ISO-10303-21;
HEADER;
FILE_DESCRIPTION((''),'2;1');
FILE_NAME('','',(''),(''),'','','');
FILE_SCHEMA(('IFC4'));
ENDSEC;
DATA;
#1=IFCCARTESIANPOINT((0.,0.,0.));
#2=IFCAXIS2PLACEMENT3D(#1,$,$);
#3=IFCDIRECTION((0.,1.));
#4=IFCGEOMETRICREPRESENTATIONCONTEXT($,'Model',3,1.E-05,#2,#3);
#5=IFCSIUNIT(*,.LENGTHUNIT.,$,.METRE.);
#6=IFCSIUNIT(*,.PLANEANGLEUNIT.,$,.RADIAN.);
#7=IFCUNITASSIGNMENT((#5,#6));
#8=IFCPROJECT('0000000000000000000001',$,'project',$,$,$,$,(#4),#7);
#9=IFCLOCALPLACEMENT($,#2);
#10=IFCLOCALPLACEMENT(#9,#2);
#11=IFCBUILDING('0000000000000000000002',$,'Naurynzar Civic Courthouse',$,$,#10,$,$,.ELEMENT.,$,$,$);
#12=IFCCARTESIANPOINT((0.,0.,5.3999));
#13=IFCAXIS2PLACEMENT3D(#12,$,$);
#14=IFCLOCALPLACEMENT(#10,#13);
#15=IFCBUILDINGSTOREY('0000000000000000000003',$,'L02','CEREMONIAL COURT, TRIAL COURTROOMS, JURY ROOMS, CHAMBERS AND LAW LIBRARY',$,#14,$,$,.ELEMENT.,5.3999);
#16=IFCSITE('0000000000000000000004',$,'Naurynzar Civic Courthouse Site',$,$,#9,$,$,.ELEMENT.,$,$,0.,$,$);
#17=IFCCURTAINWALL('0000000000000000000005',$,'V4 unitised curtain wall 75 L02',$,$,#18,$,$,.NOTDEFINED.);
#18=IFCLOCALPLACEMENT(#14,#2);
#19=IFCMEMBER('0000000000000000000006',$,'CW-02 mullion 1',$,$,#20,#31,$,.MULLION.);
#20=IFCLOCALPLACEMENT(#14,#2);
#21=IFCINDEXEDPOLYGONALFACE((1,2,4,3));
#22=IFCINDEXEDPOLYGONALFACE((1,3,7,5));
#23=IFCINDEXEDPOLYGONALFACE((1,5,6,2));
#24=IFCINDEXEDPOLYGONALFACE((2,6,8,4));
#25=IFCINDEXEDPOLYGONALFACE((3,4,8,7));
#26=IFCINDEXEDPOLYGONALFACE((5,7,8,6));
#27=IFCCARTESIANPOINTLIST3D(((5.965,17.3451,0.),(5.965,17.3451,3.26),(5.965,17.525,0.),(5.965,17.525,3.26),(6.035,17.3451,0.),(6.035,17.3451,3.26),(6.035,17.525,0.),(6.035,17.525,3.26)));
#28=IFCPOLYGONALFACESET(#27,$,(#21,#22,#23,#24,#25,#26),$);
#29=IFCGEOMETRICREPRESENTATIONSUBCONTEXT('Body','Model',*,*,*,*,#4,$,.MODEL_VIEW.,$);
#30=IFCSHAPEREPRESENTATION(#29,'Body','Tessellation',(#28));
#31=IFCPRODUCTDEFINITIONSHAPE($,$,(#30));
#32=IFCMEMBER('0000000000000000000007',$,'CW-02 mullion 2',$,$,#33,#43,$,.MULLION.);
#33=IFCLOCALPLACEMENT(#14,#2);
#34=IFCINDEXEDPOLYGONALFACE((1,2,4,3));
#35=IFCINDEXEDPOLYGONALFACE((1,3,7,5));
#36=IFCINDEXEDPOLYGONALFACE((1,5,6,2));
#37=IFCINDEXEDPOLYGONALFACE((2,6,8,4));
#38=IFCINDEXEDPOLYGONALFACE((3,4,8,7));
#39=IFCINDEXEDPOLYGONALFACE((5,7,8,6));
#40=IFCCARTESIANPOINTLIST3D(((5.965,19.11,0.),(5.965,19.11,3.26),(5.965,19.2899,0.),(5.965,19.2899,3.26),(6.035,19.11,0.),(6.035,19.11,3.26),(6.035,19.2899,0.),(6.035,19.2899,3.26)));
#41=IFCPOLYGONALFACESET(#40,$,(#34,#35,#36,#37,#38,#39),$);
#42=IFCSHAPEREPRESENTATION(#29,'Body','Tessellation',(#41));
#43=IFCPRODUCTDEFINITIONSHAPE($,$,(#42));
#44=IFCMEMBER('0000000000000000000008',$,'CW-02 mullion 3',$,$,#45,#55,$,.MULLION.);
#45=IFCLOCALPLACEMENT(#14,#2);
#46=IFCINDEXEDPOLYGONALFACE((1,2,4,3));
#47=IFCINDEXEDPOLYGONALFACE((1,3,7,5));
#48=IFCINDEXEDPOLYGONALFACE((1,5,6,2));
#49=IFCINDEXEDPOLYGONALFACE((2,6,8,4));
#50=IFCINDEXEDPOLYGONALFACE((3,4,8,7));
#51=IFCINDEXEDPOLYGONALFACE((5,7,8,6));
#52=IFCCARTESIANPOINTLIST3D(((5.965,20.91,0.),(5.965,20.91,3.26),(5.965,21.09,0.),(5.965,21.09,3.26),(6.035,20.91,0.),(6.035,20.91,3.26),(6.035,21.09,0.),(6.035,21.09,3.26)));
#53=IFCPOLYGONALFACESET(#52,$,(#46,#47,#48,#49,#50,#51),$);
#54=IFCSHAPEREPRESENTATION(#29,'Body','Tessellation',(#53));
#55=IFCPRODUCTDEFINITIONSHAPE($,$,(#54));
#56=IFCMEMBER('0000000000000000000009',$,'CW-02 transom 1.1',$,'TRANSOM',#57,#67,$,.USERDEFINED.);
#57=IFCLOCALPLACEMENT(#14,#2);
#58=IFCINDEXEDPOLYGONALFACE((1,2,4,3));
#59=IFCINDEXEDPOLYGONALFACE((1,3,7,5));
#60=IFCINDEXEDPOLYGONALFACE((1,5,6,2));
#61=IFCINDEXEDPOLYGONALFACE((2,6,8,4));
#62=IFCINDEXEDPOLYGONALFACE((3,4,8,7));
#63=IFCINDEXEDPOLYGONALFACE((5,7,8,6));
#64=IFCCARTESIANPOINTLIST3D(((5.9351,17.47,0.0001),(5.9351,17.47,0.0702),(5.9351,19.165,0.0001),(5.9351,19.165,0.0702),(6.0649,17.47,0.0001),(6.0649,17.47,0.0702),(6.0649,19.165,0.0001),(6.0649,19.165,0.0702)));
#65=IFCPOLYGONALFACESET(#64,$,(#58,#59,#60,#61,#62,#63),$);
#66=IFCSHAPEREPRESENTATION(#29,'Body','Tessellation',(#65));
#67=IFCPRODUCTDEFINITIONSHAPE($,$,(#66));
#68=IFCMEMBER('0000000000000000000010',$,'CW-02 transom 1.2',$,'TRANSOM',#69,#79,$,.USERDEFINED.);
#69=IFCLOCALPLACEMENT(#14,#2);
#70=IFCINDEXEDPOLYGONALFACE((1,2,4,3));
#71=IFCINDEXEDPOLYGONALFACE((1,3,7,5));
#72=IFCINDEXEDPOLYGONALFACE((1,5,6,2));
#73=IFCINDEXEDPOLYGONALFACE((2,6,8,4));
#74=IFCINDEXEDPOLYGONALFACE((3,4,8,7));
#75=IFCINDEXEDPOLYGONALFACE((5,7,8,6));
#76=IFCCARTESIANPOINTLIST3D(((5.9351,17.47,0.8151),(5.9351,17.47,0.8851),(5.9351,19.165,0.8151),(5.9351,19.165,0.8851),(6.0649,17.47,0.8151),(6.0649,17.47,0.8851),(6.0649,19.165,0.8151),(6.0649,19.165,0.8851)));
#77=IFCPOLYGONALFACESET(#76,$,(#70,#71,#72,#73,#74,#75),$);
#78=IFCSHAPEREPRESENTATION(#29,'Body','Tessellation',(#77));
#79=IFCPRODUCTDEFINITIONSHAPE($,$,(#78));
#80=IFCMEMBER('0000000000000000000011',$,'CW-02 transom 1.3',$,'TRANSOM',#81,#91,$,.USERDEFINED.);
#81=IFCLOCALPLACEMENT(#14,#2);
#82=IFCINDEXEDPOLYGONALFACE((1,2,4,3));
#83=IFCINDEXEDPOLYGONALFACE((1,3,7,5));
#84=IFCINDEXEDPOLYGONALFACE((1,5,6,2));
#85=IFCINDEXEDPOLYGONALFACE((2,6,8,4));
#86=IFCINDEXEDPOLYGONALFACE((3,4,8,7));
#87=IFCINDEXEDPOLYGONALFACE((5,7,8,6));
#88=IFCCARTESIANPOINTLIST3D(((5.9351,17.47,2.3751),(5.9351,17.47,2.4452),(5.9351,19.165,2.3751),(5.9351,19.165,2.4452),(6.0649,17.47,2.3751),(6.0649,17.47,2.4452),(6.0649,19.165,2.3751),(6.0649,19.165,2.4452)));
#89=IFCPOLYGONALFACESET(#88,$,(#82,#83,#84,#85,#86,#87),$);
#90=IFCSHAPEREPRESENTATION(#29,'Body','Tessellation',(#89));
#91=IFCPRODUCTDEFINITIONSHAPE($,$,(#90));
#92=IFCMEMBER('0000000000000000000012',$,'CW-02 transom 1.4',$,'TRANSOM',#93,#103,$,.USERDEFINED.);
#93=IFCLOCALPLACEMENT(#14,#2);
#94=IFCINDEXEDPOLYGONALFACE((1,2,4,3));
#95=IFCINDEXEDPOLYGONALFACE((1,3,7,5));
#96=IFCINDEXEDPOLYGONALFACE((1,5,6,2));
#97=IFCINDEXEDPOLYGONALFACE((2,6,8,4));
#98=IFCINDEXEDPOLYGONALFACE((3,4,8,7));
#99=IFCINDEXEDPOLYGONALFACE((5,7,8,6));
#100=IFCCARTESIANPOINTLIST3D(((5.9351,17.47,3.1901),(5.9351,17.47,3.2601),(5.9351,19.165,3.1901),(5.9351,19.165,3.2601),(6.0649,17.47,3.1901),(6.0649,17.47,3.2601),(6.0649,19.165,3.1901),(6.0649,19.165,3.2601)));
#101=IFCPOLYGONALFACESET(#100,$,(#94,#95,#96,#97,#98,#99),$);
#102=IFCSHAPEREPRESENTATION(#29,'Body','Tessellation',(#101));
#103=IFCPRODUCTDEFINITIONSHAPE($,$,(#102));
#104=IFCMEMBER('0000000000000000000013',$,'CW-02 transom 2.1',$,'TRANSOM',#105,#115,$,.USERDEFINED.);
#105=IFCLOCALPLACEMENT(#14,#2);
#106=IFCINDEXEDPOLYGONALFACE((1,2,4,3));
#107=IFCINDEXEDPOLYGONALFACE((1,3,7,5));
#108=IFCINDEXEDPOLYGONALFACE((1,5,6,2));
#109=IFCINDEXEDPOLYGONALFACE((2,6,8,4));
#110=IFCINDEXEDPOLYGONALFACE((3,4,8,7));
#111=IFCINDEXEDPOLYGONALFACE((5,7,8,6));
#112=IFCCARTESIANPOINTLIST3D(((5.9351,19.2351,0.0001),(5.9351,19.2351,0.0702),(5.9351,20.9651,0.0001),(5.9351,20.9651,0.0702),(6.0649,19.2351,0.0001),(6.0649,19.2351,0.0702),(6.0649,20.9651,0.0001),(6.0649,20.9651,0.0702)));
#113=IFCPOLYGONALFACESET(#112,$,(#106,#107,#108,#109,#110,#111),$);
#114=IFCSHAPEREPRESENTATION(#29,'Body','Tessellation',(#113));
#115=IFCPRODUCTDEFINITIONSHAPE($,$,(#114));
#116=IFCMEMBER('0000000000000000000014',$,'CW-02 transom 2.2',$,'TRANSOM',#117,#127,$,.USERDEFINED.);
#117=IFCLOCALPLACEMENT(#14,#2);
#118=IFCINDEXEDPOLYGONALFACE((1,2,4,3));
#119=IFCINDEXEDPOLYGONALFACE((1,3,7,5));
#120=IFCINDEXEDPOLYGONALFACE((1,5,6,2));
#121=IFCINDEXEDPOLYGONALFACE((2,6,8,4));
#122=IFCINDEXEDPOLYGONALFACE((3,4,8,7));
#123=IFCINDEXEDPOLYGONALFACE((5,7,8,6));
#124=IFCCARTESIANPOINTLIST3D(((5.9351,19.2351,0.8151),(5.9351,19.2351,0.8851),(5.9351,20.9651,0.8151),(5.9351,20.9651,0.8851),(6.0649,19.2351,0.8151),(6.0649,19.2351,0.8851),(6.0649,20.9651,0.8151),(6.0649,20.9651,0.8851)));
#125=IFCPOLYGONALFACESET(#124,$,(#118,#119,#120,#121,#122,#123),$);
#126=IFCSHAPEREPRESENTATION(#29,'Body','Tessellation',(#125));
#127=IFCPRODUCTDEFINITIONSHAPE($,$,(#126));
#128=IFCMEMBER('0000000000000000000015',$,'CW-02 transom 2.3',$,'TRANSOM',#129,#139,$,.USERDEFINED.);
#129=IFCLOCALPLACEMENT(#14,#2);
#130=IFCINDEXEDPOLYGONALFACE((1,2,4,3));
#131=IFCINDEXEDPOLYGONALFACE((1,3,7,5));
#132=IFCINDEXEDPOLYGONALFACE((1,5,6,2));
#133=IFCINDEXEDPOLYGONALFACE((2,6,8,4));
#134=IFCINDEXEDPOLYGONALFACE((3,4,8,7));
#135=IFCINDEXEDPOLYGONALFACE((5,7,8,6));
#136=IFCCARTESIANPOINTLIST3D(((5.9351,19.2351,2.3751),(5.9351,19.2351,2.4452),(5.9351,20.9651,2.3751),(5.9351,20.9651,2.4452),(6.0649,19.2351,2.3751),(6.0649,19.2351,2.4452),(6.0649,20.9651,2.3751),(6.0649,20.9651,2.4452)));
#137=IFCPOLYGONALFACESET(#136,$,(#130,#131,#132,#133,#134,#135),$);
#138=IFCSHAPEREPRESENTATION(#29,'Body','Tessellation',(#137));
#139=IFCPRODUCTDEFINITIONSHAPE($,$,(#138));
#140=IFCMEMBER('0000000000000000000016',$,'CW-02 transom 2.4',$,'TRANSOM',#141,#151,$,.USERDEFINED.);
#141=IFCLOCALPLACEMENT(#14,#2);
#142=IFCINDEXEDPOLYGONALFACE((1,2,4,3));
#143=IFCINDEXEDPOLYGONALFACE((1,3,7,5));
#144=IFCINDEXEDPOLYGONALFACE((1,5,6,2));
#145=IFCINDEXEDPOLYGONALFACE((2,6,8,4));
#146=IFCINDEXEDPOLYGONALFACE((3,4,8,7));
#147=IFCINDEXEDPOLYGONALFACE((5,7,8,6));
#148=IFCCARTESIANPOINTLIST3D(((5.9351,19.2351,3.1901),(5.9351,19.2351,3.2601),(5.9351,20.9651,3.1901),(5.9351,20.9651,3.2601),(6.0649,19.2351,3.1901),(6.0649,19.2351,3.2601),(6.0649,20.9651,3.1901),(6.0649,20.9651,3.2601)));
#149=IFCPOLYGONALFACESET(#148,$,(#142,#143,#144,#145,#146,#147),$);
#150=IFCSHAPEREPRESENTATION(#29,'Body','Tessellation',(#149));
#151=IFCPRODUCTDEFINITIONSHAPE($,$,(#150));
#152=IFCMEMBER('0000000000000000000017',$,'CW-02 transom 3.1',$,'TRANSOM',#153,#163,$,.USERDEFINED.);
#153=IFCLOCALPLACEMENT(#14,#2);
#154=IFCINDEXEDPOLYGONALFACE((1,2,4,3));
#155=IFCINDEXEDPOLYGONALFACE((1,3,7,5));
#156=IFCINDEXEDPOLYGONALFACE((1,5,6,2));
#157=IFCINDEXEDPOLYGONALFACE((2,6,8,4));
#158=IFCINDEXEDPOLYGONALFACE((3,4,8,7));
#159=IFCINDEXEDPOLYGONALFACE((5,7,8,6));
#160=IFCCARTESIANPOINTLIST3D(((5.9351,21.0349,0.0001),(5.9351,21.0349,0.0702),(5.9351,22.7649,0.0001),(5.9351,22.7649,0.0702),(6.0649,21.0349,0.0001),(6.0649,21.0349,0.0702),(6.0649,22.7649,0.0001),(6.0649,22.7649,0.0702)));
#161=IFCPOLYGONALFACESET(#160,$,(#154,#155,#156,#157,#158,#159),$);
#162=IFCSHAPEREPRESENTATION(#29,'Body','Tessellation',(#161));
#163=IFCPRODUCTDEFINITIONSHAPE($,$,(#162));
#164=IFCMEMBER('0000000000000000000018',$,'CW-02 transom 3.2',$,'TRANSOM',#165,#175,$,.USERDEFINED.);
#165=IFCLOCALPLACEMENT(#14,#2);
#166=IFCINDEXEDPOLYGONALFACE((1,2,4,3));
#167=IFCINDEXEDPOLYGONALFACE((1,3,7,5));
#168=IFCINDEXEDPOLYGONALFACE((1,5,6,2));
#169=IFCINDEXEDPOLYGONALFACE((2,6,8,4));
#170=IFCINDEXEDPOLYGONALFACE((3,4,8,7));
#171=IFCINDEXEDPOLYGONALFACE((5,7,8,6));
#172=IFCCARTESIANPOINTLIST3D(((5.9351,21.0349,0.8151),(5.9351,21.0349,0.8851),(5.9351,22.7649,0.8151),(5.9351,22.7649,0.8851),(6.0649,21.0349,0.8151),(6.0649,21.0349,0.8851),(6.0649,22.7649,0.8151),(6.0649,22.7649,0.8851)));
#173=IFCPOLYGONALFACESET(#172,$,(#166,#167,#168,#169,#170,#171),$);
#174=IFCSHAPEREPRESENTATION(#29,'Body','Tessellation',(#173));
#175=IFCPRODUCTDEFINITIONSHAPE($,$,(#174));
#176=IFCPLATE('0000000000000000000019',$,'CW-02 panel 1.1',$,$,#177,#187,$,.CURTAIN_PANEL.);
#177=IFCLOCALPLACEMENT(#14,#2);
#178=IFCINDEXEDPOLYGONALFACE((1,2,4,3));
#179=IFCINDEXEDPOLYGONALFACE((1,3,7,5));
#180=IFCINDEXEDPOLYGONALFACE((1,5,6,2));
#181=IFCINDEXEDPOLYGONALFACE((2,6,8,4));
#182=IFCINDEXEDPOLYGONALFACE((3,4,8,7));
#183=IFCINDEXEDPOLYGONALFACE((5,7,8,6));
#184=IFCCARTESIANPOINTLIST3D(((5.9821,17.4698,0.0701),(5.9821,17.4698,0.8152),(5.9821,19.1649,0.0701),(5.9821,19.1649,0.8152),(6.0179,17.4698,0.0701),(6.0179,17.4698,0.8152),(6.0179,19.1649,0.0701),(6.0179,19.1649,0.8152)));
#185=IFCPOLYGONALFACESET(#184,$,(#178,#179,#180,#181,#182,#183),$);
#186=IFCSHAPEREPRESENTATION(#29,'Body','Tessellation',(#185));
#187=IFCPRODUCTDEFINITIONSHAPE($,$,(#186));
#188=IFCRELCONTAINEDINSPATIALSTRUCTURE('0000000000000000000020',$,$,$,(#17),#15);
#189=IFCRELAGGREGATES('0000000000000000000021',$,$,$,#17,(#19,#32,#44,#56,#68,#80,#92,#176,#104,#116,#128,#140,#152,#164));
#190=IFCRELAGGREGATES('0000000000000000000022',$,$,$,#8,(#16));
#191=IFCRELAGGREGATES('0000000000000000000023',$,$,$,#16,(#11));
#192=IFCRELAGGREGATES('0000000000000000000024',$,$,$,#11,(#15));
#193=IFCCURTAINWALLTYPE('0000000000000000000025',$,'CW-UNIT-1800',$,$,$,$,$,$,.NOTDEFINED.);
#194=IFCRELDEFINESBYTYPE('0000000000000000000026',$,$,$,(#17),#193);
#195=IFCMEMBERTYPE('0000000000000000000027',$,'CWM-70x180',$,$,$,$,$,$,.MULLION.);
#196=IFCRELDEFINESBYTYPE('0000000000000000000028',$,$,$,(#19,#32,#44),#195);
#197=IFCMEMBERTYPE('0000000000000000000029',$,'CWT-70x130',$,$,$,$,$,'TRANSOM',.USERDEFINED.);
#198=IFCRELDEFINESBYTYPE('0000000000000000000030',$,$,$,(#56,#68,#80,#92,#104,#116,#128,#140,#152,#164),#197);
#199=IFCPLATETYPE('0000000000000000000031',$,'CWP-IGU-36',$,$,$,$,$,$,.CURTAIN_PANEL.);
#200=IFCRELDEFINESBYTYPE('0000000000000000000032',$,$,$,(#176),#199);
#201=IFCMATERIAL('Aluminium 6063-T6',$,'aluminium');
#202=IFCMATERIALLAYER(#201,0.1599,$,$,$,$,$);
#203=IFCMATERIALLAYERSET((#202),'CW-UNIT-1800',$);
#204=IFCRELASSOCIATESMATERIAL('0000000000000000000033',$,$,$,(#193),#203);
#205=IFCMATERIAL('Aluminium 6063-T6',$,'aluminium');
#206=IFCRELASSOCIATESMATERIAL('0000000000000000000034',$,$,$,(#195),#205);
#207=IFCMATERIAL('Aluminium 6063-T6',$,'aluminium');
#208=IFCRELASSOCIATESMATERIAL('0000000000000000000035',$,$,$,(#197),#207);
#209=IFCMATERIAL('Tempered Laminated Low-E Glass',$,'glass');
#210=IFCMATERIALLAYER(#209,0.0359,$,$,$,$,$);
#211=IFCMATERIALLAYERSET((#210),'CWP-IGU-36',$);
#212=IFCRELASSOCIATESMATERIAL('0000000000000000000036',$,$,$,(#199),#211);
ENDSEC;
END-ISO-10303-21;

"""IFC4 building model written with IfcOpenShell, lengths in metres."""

from ifc_helpers import new_model, si_unit, direction, frame, origin, origin_2d, place, context, subcontext, project, spatial, rectangle, extrude, material, layer, layer_set, material_profile, profile_set, type_object, element, aggregate, save


model = new_model("IFC4")

# Units and contexts
model_context = context("Model", 3, precision=1e-05, world=origin(), true_north=direction((0.0, 1.0)))
body_context = subcontext(model_context, "Body", "Model", "MODEL_VIEW")
ifc_project = project(units=[si_unit("LENGTHUNIT", "METRE"), si_unit("PLANEANGLEUNIT", "RADIAN")], contexts=[model_context])

# Site, building, storey
site_placement = place(None, origin())
site = spatial("IfcSite", under=ifc_project, at=site_placement, Name="Naurynzar Civic Courthouse Site", CompositionType="ELEMENT", RefElevation=0.0)
building_placement = place(site_placement, origin())
building = spatial("IfcBuilding", under=site, at=building_placement, Name="Naurynzar Civic Courthouse", CompositionType="ELEMENT")
storey_placement = place(building_placement, frame((0.0, 0.0, 5.3999)))
storey = spatial("IfcBuildingStorey", under=building, at=storey_placement, Name="L02", Description="CEREMONIAL COURT, TRIAL COURTROOMS, JURY ROOMS, CHAMBERS AND LAW LIBRARY", CompositionType="ELEMENT", Elevation=5.3999)

# Curtain wall, members, plate
ifc_material_1 = material(Name="Aluminium 6063-T6", Category="aluminium")
ifc_layer_1 = layer(ifc_material_1, 0.1599)
ifc_layer_set_1 = layer_set([ifc_layer_1], Name="CW-UNIT-1800")
curtain_wall_type = type_object("IfcCurtainWallType", Name="CW-UNIT-1800", PredefinedType="NOTDEFINED", material=ifc_layer_set_1)
curtain_wall_placement = place(storey_placement, origin())
curtain_wall = element("IfcCurtainWall", 1, at=curtain_wall_placement, inside=storey, type_object=curtain_wall_type, Name="V4 unitised curtain wall 75 L02", PredefinedType="NOTDEFINED")
ifc_material_2 = material(Name="Aluminium 6063-T6", Category="aluminium")
ifc_material_profile_1 = material_profile(ifc_material_2, rectangle(XDim=0.0701, YDim=0.1799, at=origin_2d()), Name="ALU MULLION 70x180")
ifc_profile_set_1 = profile_set([ifc_material_profile_1], Name="Aluminium 6063-T6")
member_type_1 = type_object("IfcMemberType", Name="CWM-70x180", PredefinedType="MULLION", material=ifc_profile_set_1)
member_1_placement = place(storey_placement, frame((6.0, 17.4351, 0.0), z_axis=(0.0, 0.0, 1.0), x_axis=(-1.0, 0.0, 0.0)))
member_1 = element("IfcMember", 2, at=member_1_placement, type_object=member_type_1, Name="CW-02 mullion 1", PredefinedType="MULLION", context=body_context, shape_type="SweptSolid", body=[
    extrude(rectangle(XDim=0.0701, YDim=0.1799, at=origin_2d()), origin(), (0.0, 0.0, 1.0), 3.26),
])
member_2_placement = place(storey_placement, frame((6.0, 19.2, 0.0), z_axis=(0.0, 0.0, 1.0), x_axis=(-1.0, 0.0, 0.0)))
member_2 = element("IfcMember", 3, at=member_2_placement, type_object=member_type_1, Name="CW-02 mullion 2", PredefinedType="MULLION", context=body_context, shape_type="SweptSolid", body=[
    extrude(rectangle(XDim=0.0701, YDim=0.1799, at=origin_2d()), origin(), (0.0, 0.0, 1.0), 3.26),
])
member_3_placement = place(storey_placement, frame((6.0, 21.0, 0.0), z_axis=(0.0, 0.0, 1.0), x_axis=(-1.0, 0.0, 0.0)))
member_3 = element("IfcMember", 4, at=member_3_placement, type_object=member_type_1, Name="CW-02 mullion 3", PredefinedType="MULLION", context=body_context, shape_type="SweptSolid", body=[
    extrude(rectangle(XDim=0.0701, YDim=0.1799, at=origin_2d()), origin(), (0.0, 0.0, 1.0), 3.26),
])
ifc_material_3 = material(Name="Aluminium 6063-T6", Category="aluminium")
ifc_material_profile_2 = material_profile(ifc_material_3, rectangle(XDim=0.1299, YDim=0.0701, at=origin_2d()), Name="ALU TRANSOM 70x130")
ifc_profile_set_2 = profile_set([ifc_material_profile_2], Name="Aluminium 6063-T6")
member_type_2 = type_object("IfcMemberType", Name="CWT-70x130", ElementType="TRANSOM", PredefinedType="USERDEFINED", material=ifc_profile_set_2)
member_4_placement = place(storey_placement, frame((6.0, 17.47, 0.0352), z_axis=(0.0, 1.0, 0.0), x_axis=(-1.0, 0.0, 0.0)))
member_4 = element("IfcMember", 5, at=member_4_placement, type_object=member_type_2, Name="CW-02 transom 1.1", ObjectType="TRANSOM", PredefinedType="USERDEFINED", context=body_context, shape_type="SweptSolid", body=[
    extrude(rectangle(XDim=0.1299, YDim=0.0701, at=origin_2d()), origin(), (0.0, 0.0, 1.0), 1.6951),
])
member_5_placement = place(storey_placement, frame((6.0, 17.47, 0.8501), z_axis=(0.0, 1.0, 0.0), x_axis=(-1.0, 0.0, 0.0)))
member_5 = element("IfcMember", 6, at=member_5_placement, type_object=member_type_2, Name="CW-02 transom 1.2", ObjectType="TRANSOM", PredefinedType="USERDEFINED", context=body_context, shape_type="SweptSolid", body=[
    extrude(rectangle(XDim=0.1299, YDim=0.0701, at=origin_2d()), origin(), (0.0, 0.0, 1.0), 1.6951),
])
member_6_placement = place(storey_placement, frame((6.0, 17.47, 2.4102), z_axis=(0.0, 1.0, 0.0), x_axis=(-1.0, 0.0, 0.0)))
member_6 = element("IfcMember", 7, at=member_6_placement, type_object=member_type_2, Name="CW-02 transom 1.3", ObjectType="TRANSOM", PredefinedType="USERDEFINED", context=body_context, shape_type="SweptSolid", body=[
    extrude(rectangle(XDim=0.1299, YDim=0.0701, at=origin_2d()), origin(), (0.0, 0.0, 1.0), 1.6951),
])
member_7_placement = place(storey_placement, frame((6.0, 17.47, 3.2251), z_axis=(0.0, 1.0, 0.0), x_axis=(-1.0, 0.0, 0.0)))
member_7 = element("IfcMember", 8, at=member_7_placement, type_object=member_type_2, Name="CW-02 transom 1.4", ObjectType="TRANSOM", PredefinedType="USERDEFINED", context=body_context, shape_type="SweptSolid", body=[
    extrude(rectangle(XDim=0.1299, YDim=0.0701, at=origin_2d()), origin(), (0.0, 0.0, 1.0), 1.6951),
])
member_8_placement = place(storey_placement, frame((6.0, 19.2351, 0.0352), z_axis=(0.0, 1.0, 0.0), x_axis=(-1.0, 0.0, 0.0)))
member_8 = element("IfcMember", 9, at=member_8_placement, type_object=member_type_2, Name="CW-02 transom 2.1", ObjectType="TRANSOM", PredefinedType="USERDEFINED", context=body_context, shape_type="SweptSolid", body=[
    extrude(rectangle(XDim=0.1299, YDim=0.0701, at=origin_2d()), origin(), (0.0, 0.0, 1.0), 1.73),
])
member_9_placement = place(storey_placement, frame((6.0, 19.2351, 0.8501), z_axis=(0.0, 1.0, 0.0), x_axis=(-1.0, 0.0, 0.0)))
member_9 = element("IfcMember", 10, at=member_9_placement, type_object=member_type_2, Name="CW-02 transom 2.2", ObjectType="TRANSOM", PredefinedType="USERDEFINED", context=body_context, shape_type="SweptSolid", body=[
    extrude(rectangle(XDim=0.1299, YDim=0.0701, at=origin_2d()), origin(), (0.0, 0.0, 1.0), 1.73),
])
member_10_placement = place(storey_placement, frame((6.0, 19.2351, 2.4102), z_axis=(0.0, 1.0, 0.0), x_axis=(-1.0, 0.0, 0.0)))
member_10 = element("IfcMember", 11, at=member_10_placement, type_object=member_type_2, Name="CW-02 transom 2.3", ObjectType="TRANSOM", PredefinedType="USERDEFINED", context=body_context, shape_type="SweptSolid", body=[
    extrude(rectangle(XDim=0.1299, YDim=0.0701, at=origin_2d()), origin(), (0.0, 0.0, 1.0), 1.73),
])
member_11_placement = place(storey_placement, frame((6.0, 19.2351, 3.2251), z_axis=(0.0, 1.0, 0.0), x_axis=(-1.0, 0.0, 0.0)))
member_11 = element("IfcMember", 12, at=member_11_placement, type_object=member_type_2, Name="CW-02 transom 2.4", ObjectType="TRANSOM", PredefinedType="USERDEFINED", context=body_context, shape_type="SweptSolid", body=[
    extrude(rectangle(XDim=0.1299, YDim=0.0701, at=origin_2d()), origin(), (0.0, 0.0, 1.0), 1.73),
])
member_12_placement = place(storey_placement, frame((6.0, 21.0349, 0.0352), z_axis=(0.0, 1.0, 0.0), x_axis=(-1.0, 0.0, 0.0)))
member_12 = element("IfcMember", 13, at=member_12_placement, type_object=member_type_2, Name="CW-02 transom 3.1", ObjectType="TRANSOM", PredefinedType="USERDEFINED", context=body_context, shape_type="SweptSolid", body=[
    extrude(rectangle(XDim=0.1299, YDim=0.0701, at=origin_2d()), origin(), (0.0, 0.0, 1.0), 1.73),
])
member_13_placement = place(storey_placement, frame((6.0, 21.0349, 0.8501), z_axis=(0.0, 1.0, 0.0), x_axis=(-1.0, 0.0, 0.0)))
member_13 = element("IfcMember", 14, at=member_13_placement, type_object=member_type_2, Name="CW-02 transom 3.2", ObjectType="TRANSOM", PredefinedType="USERDEFINED", context=body_context, shape_type="SweptSolid", body=[
    extrude(rectangle(XDim=0.1299, YDim=0.0701, at=origin_2d()), origin(), (0.0, 0.0, 1.0), 1.73),
])
ifc_material_4 = material(Name="Tempered Laminated Low-E Glass", Category="glass")
ifc_layer_2 = layer(ifc_material_4, 0.0359)
ifc_layer_set_2 = layer_set([ifc_layer_2], Name="CWP-IGU-36")
plate_type = type_object("IfcPlateType", Name="CWP-IGU-36", PredefinedType="CURTAIN_PANEL", material=ifc_layer_set_2)
plate_1_placement = place(storey_placement, frame((6.0, 18.3174, 0.0701), z_axis=(0.0, 0.0, 1.0), x_axis=(0.0, 1.0, 0.0)))
plate_1 = element("IfcPlate", 15, at=plate_1_placement, type_object=plate_type, Name="CW-02 panel 1.1", PredefinedType="CURTAIN_PANEL", context=body_context, shape_type="SweptSolid", body=[
    extrude(rectangle(XDim=1.6951, YDim=0.0359, at=origin_2d()), origin(), (0.0, 0.0, 1.0), 0.7451),
])
aggregate(curtain_wall, [member_1, member_2, member_3, member_4, member_5, member_6, member_7, plate_1, member_8, member_9, member_10, member_11, member_12, member_13])

save(model, "model.ifc")
